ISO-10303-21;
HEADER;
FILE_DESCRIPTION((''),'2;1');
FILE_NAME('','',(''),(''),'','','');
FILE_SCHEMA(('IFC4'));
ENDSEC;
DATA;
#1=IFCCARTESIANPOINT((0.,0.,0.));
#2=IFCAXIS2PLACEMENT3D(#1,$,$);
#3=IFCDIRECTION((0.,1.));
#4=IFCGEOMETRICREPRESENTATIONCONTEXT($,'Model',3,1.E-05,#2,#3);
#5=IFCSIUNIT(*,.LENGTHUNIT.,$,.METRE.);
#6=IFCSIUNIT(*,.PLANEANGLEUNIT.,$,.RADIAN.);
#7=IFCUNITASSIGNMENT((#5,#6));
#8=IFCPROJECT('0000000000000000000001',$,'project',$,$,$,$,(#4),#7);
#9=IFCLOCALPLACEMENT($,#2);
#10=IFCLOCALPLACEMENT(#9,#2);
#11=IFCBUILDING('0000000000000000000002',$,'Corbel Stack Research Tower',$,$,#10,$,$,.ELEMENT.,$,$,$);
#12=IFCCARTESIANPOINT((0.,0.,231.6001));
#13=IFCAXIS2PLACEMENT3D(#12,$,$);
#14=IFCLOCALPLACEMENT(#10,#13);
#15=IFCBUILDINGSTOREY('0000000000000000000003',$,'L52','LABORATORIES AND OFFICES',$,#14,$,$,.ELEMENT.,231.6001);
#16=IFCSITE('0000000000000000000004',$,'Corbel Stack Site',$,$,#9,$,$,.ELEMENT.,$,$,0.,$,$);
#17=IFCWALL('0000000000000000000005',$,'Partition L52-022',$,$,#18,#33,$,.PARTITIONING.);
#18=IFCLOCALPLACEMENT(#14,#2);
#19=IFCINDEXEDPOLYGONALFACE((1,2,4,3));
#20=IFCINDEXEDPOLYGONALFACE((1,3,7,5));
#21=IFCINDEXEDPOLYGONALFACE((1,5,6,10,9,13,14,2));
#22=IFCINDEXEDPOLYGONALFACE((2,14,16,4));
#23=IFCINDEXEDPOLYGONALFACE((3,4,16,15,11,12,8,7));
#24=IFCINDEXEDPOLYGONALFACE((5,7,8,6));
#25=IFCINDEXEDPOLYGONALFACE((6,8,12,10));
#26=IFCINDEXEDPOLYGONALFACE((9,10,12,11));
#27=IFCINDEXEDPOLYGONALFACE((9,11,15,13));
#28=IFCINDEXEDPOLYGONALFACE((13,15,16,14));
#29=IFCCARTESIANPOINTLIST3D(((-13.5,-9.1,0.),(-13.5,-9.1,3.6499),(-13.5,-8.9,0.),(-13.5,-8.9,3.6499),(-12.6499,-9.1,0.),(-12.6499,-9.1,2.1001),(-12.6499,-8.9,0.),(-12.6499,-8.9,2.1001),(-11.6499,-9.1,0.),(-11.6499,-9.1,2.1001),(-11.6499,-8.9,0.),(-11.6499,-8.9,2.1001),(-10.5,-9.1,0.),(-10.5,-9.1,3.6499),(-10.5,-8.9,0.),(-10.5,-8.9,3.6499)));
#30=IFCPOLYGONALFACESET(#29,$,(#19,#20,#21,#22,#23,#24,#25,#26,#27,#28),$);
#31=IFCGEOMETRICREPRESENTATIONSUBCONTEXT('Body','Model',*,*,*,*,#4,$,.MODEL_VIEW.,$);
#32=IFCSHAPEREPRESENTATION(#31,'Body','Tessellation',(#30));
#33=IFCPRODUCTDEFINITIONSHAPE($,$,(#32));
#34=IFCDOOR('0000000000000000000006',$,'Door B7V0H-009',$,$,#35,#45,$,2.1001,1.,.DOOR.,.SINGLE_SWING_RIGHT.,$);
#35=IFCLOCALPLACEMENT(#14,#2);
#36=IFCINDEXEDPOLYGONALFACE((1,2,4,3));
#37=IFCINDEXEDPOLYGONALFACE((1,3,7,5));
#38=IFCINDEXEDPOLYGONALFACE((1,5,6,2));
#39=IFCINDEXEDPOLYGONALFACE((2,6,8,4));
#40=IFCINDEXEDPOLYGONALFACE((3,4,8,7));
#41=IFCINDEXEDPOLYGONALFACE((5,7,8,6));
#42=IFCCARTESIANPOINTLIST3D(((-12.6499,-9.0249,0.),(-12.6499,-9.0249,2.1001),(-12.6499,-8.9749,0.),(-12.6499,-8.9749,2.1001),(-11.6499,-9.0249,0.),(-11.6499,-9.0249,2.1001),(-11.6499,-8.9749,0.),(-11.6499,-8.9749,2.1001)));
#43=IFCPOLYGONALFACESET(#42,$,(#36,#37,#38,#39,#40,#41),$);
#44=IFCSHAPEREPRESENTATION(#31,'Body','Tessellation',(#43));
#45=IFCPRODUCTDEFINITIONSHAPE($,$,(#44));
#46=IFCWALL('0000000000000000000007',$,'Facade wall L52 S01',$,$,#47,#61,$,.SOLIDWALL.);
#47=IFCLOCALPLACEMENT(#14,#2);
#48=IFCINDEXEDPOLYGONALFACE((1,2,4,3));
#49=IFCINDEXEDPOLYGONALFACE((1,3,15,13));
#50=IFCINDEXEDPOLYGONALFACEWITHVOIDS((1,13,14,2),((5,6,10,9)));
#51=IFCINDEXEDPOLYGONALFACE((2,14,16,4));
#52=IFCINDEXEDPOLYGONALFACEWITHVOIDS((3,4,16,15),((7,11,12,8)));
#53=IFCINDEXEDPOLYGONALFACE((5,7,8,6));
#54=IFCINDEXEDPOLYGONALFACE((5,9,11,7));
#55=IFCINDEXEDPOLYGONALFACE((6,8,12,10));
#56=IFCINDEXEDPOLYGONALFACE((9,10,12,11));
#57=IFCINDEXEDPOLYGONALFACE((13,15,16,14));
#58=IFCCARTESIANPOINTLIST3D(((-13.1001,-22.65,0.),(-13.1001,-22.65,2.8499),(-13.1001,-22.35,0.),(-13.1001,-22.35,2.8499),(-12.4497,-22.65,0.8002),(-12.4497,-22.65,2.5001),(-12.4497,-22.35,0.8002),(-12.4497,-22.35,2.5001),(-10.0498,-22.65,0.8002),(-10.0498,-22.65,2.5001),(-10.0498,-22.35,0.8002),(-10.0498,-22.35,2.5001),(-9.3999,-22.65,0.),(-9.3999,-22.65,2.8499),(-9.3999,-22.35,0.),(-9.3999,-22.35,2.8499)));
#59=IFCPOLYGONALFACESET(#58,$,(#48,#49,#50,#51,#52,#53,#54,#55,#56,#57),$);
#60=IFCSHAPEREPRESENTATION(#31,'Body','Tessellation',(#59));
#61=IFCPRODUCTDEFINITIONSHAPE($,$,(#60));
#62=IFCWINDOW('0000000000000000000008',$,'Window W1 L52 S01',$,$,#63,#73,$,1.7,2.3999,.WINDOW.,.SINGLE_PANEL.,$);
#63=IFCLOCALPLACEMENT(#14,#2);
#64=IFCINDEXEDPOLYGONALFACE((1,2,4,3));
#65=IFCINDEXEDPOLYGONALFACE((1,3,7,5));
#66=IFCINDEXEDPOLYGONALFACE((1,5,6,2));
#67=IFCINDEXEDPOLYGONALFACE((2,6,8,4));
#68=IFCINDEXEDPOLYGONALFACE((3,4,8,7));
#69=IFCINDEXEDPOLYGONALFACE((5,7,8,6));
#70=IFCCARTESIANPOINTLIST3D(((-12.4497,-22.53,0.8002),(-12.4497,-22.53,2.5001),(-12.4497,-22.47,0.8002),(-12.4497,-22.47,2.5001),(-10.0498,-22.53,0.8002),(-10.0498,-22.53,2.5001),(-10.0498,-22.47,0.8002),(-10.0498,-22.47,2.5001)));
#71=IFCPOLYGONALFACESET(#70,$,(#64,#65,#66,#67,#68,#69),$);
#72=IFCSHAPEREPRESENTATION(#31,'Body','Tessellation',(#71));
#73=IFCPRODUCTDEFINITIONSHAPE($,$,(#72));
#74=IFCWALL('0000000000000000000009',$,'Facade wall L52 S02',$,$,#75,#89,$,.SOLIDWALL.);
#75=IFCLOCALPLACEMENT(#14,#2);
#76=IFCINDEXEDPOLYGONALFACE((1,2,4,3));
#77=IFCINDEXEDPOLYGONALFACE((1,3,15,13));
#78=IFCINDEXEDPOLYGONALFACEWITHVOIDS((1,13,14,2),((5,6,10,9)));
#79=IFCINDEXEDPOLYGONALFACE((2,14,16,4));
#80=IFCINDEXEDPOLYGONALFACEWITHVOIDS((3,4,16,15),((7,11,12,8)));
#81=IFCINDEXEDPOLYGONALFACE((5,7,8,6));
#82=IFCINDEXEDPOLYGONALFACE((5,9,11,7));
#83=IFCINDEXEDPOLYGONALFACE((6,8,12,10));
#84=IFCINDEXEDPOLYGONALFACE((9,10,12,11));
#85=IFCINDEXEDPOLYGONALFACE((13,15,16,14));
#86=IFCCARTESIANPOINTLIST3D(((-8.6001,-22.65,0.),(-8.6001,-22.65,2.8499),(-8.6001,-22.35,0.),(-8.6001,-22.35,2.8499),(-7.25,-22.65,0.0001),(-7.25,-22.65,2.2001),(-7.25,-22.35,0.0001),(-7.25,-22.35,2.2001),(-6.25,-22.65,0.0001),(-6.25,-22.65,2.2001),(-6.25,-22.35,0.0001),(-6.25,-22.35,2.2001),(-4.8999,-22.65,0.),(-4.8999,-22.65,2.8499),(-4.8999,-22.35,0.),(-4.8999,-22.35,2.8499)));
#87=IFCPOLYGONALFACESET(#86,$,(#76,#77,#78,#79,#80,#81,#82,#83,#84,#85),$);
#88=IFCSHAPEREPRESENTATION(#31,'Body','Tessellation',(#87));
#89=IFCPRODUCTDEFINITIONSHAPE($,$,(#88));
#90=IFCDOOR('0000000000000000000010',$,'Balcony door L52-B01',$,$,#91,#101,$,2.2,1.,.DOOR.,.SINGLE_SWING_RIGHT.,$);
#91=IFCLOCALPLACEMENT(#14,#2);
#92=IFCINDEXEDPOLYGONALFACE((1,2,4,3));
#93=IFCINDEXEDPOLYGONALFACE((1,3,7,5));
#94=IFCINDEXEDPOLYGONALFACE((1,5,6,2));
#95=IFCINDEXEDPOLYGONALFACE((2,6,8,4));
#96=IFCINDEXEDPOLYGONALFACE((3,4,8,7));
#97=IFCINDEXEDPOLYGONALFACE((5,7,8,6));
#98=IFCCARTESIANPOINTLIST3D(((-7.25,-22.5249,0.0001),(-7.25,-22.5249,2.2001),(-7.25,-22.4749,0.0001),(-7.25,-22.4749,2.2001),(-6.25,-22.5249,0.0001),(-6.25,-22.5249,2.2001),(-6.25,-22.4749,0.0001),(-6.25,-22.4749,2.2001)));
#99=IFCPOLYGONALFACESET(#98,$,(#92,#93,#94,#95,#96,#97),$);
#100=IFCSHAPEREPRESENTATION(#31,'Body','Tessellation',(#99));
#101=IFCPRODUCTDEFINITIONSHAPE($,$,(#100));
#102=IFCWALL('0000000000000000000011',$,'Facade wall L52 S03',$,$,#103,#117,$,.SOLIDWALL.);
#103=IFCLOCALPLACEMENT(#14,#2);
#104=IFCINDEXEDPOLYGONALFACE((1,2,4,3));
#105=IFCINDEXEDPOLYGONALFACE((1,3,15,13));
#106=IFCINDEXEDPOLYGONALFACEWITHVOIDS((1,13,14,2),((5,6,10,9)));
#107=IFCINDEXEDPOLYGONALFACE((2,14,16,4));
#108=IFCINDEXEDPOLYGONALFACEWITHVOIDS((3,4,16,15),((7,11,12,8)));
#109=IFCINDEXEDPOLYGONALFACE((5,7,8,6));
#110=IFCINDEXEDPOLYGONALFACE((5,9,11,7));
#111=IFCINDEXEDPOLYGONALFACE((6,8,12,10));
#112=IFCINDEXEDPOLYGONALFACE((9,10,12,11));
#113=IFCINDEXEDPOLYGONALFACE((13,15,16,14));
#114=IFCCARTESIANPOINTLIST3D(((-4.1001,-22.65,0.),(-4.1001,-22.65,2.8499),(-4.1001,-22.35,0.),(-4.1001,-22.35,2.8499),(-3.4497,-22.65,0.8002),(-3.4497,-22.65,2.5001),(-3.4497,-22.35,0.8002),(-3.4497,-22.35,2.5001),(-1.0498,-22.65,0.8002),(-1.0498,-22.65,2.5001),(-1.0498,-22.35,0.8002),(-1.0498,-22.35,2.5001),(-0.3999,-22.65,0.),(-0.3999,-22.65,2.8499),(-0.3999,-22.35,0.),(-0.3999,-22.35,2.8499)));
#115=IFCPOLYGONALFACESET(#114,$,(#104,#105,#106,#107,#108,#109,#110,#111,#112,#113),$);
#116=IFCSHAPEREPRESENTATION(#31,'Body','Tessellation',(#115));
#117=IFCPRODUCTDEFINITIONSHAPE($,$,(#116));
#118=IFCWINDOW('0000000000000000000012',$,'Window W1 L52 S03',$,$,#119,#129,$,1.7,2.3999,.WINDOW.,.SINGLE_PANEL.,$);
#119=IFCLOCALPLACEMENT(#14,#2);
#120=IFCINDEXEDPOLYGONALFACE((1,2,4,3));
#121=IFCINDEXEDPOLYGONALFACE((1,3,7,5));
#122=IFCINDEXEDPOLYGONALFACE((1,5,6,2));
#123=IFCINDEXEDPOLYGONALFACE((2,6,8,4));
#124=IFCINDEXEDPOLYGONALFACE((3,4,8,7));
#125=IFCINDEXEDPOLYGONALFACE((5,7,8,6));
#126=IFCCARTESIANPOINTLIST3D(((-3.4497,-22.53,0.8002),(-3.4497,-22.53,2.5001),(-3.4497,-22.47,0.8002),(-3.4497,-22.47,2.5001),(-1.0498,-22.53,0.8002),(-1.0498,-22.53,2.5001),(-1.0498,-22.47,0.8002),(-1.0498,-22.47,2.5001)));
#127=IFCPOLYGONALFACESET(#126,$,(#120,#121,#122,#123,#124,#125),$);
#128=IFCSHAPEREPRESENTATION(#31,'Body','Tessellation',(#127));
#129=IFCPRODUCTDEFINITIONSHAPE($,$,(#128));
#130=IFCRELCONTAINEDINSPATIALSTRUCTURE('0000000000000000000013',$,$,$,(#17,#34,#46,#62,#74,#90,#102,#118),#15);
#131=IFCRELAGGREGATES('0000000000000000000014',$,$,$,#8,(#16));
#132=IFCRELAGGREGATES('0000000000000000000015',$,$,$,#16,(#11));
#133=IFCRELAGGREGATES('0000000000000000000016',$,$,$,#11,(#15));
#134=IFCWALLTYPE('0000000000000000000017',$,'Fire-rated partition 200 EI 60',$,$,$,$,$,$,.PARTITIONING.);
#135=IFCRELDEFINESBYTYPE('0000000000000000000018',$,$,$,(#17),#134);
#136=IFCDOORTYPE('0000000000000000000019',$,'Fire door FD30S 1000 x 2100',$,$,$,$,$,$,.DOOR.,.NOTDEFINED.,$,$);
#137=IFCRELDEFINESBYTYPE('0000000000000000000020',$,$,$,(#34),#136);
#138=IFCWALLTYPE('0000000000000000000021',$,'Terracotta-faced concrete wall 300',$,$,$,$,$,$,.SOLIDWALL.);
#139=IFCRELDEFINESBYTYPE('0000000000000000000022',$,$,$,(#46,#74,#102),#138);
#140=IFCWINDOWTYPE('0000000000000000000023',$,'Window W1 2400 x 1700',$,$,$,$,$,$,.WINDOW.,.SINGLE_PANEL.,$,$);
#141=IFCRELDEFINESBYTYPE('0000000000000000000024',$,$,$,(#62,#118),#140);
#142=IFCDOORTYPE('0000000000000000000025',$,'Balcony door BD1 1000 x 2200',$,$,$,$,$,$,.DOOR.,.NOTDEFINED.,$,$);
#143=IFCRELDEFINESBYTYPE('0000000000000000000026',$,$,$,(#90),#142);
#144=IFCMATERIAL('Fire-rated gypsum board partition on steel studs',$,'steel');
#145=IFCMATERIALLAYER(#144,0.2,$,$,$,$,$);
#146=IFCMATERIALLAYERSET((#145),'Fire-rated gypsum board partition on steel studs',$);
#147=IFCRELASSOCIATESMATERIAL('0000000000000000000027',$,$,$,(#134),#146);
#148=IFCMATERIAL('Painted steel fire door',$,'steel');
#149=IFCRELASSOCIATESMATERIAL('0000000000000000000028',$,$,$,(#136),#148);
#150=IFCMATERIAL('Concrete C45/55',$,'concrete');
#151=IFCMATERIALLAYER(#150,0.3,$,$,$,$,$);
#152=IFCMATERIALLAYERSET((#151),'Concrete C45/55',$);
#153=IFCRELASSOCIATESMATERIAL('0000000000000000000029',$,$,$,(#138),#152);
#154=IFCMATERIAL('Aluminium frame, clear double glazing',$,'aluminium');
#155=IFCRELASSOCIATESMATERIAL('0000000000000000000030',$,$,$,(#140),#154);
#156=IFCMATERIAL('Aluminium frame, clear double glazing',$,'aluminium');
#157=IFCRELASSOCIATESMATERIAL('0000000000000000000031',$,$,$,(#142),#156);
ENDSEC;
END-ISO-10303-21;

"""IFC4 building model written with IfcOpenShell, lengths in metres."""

from ifc_helpers import new_model, si_unit, direction, frame, frame_2d, origin, place, context, subcontext, project, spatial, rectangle, extrude, material, layer, layer_set, type_object, element, fill, save


model = new_model("IFC4")

# Units and contexts
model_context = context("Model", 3, precision=1e-05, world=origin(), true_north=direction((0.0, 1.0)))
body_context = subcontext(model_context, "Body", "Model", "MODEL_VIEW")
ifc_project = project(units=[si_unit("LENGTHUNIT", "METRE"), si_unit("PLANEANGLEUNIT", "RADIAN")], contexts=[model_context])

# Site, building, storey
site_placement = place(None, origin())
site = spatial("IfcSite", under=ifc_project, at=site_placement, Name="Corbel Stack Site", CompositionType="ELEMENT", RefElevation=0.0)
building_placement = place(site_placement, origin())
building = spatial("IfcBuilding", under=site, at=building_placement, Name="Corbel Stack Research Tower", CompositionType="ELEMENT")
storey_placement = place(building_placement, frame((0.0, 0.0, 231.6001)))
storey = spatial("IfcBuildingStorey", under=building, at=storey_placement, Name="L52", Description="LABORATORIES AND OFFICES", CompositionType="ELEMENT", Elevation=231.6001)

# Shared definitions
ifc_material_1 = material(Name="Fire-rated gypsum board partition on steel studs", Category="steel")
ifc_layer_1 = layer(ifc_material_1, 0.2)
ifc_layer_set_1 = layer_set([ifc_layer_1], Name="Fire-rated gypsum board partition on steel studs")
wall_type_1 = type_object("IfcWallType", Name="Fire-rated partition 200 EI 60", PredefinedType="PARTITIONING", material=ifc_layer_set_1)

# Wall, opening, door
wall_1_placement = place(storey_placement, frame((-10.5, -9.0, 0.0), z_axis=(0.0, 0.0, 1.0), x_axis=(-1.0, 0.0, 0.0)))
wall_1 = element("IfcWall", 1, at=wall_1_placement, inside=storey, type_object=wall_type_1, Name="Partition L52-022", PredefinedType="PARTITIONING", context=body_context, shape_type="SweptSolid", body=[
    extrude(rectangle(XDim=3.0, YDim=0.2, at=frame_2d((1.5, 0.0))), origin(), (0.0, 0.0, 1.0), 3.6499),
])
opening_1_placement = place(wall_1_placement, frame((1.1499, 0.0, 0.0)))
opening_1 = element("IfcOpeningElement", 2, at=opening_1_placement, cuts=wall_1, PredefinedType="OPENING", context=body_context, shape_type="SweptSolid", body=[
    extrude(rectangle(XDim=1.0, YDim=2.1001, at=frame_2d((0.5, 1.05))), frame((0.0, 0.1099, 0.0), z_axis=(0.0, -1.0, 0.0), x_axis=(1.0, 0.0, 0.0)), (0.0, 0.0, 1.0), 0.22),
])
ifc_material_2 = material(Name="Painted steel fire door", Category="steel")
door_type_1 = type_object("IfcDoorType", Name="Fire door FD30S 1000 x 2100", OperationType="NOTDEFINED", PredefinedType="DOOR", material=ifc_material_2)
door_1_placement = place(opening_1_placement, origin())
door_1 = element("IfcDoor", 3, at=door_1_placement, inside=storey, type_object=door_type_1, Name="Door B7V0H-009", OperationType="SINGLE_SWING_RIGHT", OverallHeight=2.1001, OverallWidth=1.0, PredefinedType="DOOR", context=body_context, shape_type="SweptSolid", body=[
    extrude(rectangle(XDim=1.0, YDim=2.1001, at=frame_2d((0.5, 1.05))), frame((0.0, 0.0249, 0.0), z_axis=(0.0, -1.0, 0.0), x_axis=(1.0, 0.0, 0.0)), (0.0, 0.0, 1.0), 0.05),
])
fill(opening_1, door_1)

# Wall, opening, window
ifc_material_3 = material(Name="Concrete C45/55", Category="concrete")
ifc_layer_2 = layer(ifc_material_3, 0.3)
ifc_layer_set_2 = layer_set([ifc_layer_2], Name="Concrete C45/55")
wall_type_2 = type_object("IfcWallType", Name="Terracotta-faced concrete wall 300", PredefinedType="SOLIDWALL", material=ifc_layer_set_2)
wall_2_placement = place(storey_placement, frame((-9.3999, -22.5, 0.0), z_axis=(0.0, 0.0, 1.0), x_axis=(-1.0, 0.0, 0.0)))
wall_2 = element("IfcWall", 4, at=wall_2_placement, inside=storey, type_object=wall_type_2, Name="Facade wall L52 S01", PredefinedType="SOLIDWALL", context=body_context, shape_type="SweptSolid", body=[
    extrude(rectangle(XDim=3.7002, YDim=0.3, at=frame_2d((1.8501, 0.0))), origin(), (0.0, 0.0, 1.0), 2.8499),
])
opening_2_placement = place(wall_2_placement, frame((0.6499, 0.0, 0.8)))
opening_2 = element("IfcOpeningElement", 5, at=opening_2_placement, cuts=wall_2, PredefinedType="OPENING", context=body_context, shape_type="SweptSolid", body=[
    extrude(rectangle(XDim=2.3999, YDim=1.7, at=frame_2d((1.2, 0.8501))), frame((0.0, 0.1599, 0.0), z_axis=(0.0, -1.0, 0.0), x_axis=(1.0, 0.0, 0.0)), (0.0, 0.0, 1.0), 0.3201),
])
ifc_material_4 = material(Name="Aluminium frame, clear double glazing", Category="aluminium")
window_type = type_object("IfcWindowType", Name="Window W1 2400 x 1700", PartitioningType="SINGLE_PANEL", PredefinedType="WINDOW", material=ifc_material_4)
window_1_placement = place(opening_2_placement, origin())
window_1 = element("IfcWindow", 6, at=window_1_placement, inside=storey, type_object=window_type, Name="Window W1 L52 S01", OverallHeight=1.7, OverallWidth=2.3999, PartitioningType="SINGLE_PANEL", PredefinedType="WINDOW", context=body_context, shape_type="SweptSolid", body=[
    extrude(rectangle(XDim=2.3999, YDim=1.7, at=frame_2d((1.2, 0.8501))), frame((0.0, 0.03, 0.0), z_axis=(0.0, -1.0, 0.0), x_axis=(1.0, 0.0, 0.0)), (0.0, 0.0, 1.0), 0.0601),
])
fill(opening_2, window_1)

# Wall, opening, door
wall_3_placement = place(storey_placement, frame((-4.8999, -22.5, 0.0), z_axis=(0.0, 0.0, 1.0), x_axis=(-1.0, 0.0, 0.0)))
wall_3 = element("IfcWall", 7, at=wall_3_placement, inside=storey, type_object=wall_type_2, Name="Facade wall L52 S02", PredefinedType="SOLIDWALL", context=body_context, shape_type="SweptSolid", body=[
    extrude(rectangle(XDim=3.7002, YDim=0.3, at=frame_2d((1.8501, 0.0))), origin(), (0.0, 0.0, 1.0), 2.8499),
])
opening_3_placement = place(wall_3_placement, frame((1.3501, 0.0, 0.0)))
opening_3 = element("IfcOpeningElement", 8, at=opening_3_placement, cuts=wall_3, PredefinedType="OPENING", context=body_context, shape_type="SweptSolid", body=[
    extrude(rectangle(XDim=1.0, YDim=2.2, at=frame_2d((0.5, 1.1001))), frame((0.0, 0.1599, 0.0), z_axis=(0.0, -1.0, 0.0), x_axis=(1.0, 0.0, 0.0)), (0.0, 0.0, 1.0), 0.3201),
])
ifc_material_5 = material(Name="Aluminium frame, clear double glazing", Category="aluminium")
door_type_2 = type_object("IfcDoorType", Name="Balcony door BD1 1000 x 2200", OperationType="NOTDEFINED", PredefinedType="DOOR", material=ifc_material_5)
door_2_placement = place(opening_3_placement, origin())
door_2 = element("IfcDoor", 9, at=door_2_placement, inside=storey, type_object=door_type_2, Name="Balcony door L52-B01", OperationType="SINGLE_SWING_RIGHT", OverallHeight=2.2, OverallWidth=1.0, PredefinedType="DOOR", context=body_context, shape_type="SweptSolid", body=[
    extrude(rectangle(XDim=1.0, YDim=2.2, at=frame_2d((0.5, 1.1001))), frame((0.0, 0.0249, 0.0), z_axis=(0.0, -1.0, 0.0), x_axis=(1.0, 0.0, 0.0)), (0.0, 0.0, 1.0), 0.05),
])
fill(opening_3, door_2)

# Wall, opening, window
wall_4_placement = place(storey_placement, frame((-0.3999, -22.5, 0.0), z_axis=(0.0, 0.0, 1.0), x_axis=(-1.0, 0.0, 0.0)))
wall_4 = element("IfcWall", 10, at=wall_4_placement, inside=storey, type_object=wall_type_2, Name="Facade wall L52 S03", PredefinedType="SOLIDWALL", context=body_context, shape_type="SweptSolid", body=[
    extrude(rectangle(XDim=3.7002, YDim=0.3, at=frame_2d((1.8501, 0.0))), origin(), (0.0, 0.0, 1.0), 2.8499),
])
opening_4_placement = place(wall_4_placement, frame((0.6499, 0.0, 0.8)))
opening_4 = element("IfcOpeningElement", 11, at=opening_4_placement, cuts=wall_4, PredefinedType="OPENING", context=body_context, shape_type="SweptSolid", body=[
    extrude(rectangle(XDim=2.3999, YDim=1.7, at=frame_2d((1.2, 0.8501))), frame((0.0, 0.1599, 0.0), z_axis=(0.0, -1.0, 0.0), x_axis=(1.0, 0.0, 0.0)), (0.0, 0.0, 1.0), 0.3201),
])
window_2_placement = place(opening_4_placement, origin())
window_2 = element("IfcWindow", 12, at=window_2_placement, inside=storey, type_object=window_type, Name="Window W1 L52 S03", OverallHeight=1.7, OverallWidth=2.3999, PartitioningType="SINGLE_PANEL", PredefinedType="WINDOW", context=body_context, shape_type="SweptSolid", body=[
    extrude(rectangle(XDim=2.3999, YDim=1.7, at=frame_2d((1.2, 0.8501))), frame((0.0, 0.03, 0.0), z_axis=(0.0, -1.0, 0.0), x_axis=(1.0, 0.0, 0.0)), (0.0, 0.0, 1.0), 0.0601),
])
fill(opening_4, window_2)

save(model, "model.ifc")
